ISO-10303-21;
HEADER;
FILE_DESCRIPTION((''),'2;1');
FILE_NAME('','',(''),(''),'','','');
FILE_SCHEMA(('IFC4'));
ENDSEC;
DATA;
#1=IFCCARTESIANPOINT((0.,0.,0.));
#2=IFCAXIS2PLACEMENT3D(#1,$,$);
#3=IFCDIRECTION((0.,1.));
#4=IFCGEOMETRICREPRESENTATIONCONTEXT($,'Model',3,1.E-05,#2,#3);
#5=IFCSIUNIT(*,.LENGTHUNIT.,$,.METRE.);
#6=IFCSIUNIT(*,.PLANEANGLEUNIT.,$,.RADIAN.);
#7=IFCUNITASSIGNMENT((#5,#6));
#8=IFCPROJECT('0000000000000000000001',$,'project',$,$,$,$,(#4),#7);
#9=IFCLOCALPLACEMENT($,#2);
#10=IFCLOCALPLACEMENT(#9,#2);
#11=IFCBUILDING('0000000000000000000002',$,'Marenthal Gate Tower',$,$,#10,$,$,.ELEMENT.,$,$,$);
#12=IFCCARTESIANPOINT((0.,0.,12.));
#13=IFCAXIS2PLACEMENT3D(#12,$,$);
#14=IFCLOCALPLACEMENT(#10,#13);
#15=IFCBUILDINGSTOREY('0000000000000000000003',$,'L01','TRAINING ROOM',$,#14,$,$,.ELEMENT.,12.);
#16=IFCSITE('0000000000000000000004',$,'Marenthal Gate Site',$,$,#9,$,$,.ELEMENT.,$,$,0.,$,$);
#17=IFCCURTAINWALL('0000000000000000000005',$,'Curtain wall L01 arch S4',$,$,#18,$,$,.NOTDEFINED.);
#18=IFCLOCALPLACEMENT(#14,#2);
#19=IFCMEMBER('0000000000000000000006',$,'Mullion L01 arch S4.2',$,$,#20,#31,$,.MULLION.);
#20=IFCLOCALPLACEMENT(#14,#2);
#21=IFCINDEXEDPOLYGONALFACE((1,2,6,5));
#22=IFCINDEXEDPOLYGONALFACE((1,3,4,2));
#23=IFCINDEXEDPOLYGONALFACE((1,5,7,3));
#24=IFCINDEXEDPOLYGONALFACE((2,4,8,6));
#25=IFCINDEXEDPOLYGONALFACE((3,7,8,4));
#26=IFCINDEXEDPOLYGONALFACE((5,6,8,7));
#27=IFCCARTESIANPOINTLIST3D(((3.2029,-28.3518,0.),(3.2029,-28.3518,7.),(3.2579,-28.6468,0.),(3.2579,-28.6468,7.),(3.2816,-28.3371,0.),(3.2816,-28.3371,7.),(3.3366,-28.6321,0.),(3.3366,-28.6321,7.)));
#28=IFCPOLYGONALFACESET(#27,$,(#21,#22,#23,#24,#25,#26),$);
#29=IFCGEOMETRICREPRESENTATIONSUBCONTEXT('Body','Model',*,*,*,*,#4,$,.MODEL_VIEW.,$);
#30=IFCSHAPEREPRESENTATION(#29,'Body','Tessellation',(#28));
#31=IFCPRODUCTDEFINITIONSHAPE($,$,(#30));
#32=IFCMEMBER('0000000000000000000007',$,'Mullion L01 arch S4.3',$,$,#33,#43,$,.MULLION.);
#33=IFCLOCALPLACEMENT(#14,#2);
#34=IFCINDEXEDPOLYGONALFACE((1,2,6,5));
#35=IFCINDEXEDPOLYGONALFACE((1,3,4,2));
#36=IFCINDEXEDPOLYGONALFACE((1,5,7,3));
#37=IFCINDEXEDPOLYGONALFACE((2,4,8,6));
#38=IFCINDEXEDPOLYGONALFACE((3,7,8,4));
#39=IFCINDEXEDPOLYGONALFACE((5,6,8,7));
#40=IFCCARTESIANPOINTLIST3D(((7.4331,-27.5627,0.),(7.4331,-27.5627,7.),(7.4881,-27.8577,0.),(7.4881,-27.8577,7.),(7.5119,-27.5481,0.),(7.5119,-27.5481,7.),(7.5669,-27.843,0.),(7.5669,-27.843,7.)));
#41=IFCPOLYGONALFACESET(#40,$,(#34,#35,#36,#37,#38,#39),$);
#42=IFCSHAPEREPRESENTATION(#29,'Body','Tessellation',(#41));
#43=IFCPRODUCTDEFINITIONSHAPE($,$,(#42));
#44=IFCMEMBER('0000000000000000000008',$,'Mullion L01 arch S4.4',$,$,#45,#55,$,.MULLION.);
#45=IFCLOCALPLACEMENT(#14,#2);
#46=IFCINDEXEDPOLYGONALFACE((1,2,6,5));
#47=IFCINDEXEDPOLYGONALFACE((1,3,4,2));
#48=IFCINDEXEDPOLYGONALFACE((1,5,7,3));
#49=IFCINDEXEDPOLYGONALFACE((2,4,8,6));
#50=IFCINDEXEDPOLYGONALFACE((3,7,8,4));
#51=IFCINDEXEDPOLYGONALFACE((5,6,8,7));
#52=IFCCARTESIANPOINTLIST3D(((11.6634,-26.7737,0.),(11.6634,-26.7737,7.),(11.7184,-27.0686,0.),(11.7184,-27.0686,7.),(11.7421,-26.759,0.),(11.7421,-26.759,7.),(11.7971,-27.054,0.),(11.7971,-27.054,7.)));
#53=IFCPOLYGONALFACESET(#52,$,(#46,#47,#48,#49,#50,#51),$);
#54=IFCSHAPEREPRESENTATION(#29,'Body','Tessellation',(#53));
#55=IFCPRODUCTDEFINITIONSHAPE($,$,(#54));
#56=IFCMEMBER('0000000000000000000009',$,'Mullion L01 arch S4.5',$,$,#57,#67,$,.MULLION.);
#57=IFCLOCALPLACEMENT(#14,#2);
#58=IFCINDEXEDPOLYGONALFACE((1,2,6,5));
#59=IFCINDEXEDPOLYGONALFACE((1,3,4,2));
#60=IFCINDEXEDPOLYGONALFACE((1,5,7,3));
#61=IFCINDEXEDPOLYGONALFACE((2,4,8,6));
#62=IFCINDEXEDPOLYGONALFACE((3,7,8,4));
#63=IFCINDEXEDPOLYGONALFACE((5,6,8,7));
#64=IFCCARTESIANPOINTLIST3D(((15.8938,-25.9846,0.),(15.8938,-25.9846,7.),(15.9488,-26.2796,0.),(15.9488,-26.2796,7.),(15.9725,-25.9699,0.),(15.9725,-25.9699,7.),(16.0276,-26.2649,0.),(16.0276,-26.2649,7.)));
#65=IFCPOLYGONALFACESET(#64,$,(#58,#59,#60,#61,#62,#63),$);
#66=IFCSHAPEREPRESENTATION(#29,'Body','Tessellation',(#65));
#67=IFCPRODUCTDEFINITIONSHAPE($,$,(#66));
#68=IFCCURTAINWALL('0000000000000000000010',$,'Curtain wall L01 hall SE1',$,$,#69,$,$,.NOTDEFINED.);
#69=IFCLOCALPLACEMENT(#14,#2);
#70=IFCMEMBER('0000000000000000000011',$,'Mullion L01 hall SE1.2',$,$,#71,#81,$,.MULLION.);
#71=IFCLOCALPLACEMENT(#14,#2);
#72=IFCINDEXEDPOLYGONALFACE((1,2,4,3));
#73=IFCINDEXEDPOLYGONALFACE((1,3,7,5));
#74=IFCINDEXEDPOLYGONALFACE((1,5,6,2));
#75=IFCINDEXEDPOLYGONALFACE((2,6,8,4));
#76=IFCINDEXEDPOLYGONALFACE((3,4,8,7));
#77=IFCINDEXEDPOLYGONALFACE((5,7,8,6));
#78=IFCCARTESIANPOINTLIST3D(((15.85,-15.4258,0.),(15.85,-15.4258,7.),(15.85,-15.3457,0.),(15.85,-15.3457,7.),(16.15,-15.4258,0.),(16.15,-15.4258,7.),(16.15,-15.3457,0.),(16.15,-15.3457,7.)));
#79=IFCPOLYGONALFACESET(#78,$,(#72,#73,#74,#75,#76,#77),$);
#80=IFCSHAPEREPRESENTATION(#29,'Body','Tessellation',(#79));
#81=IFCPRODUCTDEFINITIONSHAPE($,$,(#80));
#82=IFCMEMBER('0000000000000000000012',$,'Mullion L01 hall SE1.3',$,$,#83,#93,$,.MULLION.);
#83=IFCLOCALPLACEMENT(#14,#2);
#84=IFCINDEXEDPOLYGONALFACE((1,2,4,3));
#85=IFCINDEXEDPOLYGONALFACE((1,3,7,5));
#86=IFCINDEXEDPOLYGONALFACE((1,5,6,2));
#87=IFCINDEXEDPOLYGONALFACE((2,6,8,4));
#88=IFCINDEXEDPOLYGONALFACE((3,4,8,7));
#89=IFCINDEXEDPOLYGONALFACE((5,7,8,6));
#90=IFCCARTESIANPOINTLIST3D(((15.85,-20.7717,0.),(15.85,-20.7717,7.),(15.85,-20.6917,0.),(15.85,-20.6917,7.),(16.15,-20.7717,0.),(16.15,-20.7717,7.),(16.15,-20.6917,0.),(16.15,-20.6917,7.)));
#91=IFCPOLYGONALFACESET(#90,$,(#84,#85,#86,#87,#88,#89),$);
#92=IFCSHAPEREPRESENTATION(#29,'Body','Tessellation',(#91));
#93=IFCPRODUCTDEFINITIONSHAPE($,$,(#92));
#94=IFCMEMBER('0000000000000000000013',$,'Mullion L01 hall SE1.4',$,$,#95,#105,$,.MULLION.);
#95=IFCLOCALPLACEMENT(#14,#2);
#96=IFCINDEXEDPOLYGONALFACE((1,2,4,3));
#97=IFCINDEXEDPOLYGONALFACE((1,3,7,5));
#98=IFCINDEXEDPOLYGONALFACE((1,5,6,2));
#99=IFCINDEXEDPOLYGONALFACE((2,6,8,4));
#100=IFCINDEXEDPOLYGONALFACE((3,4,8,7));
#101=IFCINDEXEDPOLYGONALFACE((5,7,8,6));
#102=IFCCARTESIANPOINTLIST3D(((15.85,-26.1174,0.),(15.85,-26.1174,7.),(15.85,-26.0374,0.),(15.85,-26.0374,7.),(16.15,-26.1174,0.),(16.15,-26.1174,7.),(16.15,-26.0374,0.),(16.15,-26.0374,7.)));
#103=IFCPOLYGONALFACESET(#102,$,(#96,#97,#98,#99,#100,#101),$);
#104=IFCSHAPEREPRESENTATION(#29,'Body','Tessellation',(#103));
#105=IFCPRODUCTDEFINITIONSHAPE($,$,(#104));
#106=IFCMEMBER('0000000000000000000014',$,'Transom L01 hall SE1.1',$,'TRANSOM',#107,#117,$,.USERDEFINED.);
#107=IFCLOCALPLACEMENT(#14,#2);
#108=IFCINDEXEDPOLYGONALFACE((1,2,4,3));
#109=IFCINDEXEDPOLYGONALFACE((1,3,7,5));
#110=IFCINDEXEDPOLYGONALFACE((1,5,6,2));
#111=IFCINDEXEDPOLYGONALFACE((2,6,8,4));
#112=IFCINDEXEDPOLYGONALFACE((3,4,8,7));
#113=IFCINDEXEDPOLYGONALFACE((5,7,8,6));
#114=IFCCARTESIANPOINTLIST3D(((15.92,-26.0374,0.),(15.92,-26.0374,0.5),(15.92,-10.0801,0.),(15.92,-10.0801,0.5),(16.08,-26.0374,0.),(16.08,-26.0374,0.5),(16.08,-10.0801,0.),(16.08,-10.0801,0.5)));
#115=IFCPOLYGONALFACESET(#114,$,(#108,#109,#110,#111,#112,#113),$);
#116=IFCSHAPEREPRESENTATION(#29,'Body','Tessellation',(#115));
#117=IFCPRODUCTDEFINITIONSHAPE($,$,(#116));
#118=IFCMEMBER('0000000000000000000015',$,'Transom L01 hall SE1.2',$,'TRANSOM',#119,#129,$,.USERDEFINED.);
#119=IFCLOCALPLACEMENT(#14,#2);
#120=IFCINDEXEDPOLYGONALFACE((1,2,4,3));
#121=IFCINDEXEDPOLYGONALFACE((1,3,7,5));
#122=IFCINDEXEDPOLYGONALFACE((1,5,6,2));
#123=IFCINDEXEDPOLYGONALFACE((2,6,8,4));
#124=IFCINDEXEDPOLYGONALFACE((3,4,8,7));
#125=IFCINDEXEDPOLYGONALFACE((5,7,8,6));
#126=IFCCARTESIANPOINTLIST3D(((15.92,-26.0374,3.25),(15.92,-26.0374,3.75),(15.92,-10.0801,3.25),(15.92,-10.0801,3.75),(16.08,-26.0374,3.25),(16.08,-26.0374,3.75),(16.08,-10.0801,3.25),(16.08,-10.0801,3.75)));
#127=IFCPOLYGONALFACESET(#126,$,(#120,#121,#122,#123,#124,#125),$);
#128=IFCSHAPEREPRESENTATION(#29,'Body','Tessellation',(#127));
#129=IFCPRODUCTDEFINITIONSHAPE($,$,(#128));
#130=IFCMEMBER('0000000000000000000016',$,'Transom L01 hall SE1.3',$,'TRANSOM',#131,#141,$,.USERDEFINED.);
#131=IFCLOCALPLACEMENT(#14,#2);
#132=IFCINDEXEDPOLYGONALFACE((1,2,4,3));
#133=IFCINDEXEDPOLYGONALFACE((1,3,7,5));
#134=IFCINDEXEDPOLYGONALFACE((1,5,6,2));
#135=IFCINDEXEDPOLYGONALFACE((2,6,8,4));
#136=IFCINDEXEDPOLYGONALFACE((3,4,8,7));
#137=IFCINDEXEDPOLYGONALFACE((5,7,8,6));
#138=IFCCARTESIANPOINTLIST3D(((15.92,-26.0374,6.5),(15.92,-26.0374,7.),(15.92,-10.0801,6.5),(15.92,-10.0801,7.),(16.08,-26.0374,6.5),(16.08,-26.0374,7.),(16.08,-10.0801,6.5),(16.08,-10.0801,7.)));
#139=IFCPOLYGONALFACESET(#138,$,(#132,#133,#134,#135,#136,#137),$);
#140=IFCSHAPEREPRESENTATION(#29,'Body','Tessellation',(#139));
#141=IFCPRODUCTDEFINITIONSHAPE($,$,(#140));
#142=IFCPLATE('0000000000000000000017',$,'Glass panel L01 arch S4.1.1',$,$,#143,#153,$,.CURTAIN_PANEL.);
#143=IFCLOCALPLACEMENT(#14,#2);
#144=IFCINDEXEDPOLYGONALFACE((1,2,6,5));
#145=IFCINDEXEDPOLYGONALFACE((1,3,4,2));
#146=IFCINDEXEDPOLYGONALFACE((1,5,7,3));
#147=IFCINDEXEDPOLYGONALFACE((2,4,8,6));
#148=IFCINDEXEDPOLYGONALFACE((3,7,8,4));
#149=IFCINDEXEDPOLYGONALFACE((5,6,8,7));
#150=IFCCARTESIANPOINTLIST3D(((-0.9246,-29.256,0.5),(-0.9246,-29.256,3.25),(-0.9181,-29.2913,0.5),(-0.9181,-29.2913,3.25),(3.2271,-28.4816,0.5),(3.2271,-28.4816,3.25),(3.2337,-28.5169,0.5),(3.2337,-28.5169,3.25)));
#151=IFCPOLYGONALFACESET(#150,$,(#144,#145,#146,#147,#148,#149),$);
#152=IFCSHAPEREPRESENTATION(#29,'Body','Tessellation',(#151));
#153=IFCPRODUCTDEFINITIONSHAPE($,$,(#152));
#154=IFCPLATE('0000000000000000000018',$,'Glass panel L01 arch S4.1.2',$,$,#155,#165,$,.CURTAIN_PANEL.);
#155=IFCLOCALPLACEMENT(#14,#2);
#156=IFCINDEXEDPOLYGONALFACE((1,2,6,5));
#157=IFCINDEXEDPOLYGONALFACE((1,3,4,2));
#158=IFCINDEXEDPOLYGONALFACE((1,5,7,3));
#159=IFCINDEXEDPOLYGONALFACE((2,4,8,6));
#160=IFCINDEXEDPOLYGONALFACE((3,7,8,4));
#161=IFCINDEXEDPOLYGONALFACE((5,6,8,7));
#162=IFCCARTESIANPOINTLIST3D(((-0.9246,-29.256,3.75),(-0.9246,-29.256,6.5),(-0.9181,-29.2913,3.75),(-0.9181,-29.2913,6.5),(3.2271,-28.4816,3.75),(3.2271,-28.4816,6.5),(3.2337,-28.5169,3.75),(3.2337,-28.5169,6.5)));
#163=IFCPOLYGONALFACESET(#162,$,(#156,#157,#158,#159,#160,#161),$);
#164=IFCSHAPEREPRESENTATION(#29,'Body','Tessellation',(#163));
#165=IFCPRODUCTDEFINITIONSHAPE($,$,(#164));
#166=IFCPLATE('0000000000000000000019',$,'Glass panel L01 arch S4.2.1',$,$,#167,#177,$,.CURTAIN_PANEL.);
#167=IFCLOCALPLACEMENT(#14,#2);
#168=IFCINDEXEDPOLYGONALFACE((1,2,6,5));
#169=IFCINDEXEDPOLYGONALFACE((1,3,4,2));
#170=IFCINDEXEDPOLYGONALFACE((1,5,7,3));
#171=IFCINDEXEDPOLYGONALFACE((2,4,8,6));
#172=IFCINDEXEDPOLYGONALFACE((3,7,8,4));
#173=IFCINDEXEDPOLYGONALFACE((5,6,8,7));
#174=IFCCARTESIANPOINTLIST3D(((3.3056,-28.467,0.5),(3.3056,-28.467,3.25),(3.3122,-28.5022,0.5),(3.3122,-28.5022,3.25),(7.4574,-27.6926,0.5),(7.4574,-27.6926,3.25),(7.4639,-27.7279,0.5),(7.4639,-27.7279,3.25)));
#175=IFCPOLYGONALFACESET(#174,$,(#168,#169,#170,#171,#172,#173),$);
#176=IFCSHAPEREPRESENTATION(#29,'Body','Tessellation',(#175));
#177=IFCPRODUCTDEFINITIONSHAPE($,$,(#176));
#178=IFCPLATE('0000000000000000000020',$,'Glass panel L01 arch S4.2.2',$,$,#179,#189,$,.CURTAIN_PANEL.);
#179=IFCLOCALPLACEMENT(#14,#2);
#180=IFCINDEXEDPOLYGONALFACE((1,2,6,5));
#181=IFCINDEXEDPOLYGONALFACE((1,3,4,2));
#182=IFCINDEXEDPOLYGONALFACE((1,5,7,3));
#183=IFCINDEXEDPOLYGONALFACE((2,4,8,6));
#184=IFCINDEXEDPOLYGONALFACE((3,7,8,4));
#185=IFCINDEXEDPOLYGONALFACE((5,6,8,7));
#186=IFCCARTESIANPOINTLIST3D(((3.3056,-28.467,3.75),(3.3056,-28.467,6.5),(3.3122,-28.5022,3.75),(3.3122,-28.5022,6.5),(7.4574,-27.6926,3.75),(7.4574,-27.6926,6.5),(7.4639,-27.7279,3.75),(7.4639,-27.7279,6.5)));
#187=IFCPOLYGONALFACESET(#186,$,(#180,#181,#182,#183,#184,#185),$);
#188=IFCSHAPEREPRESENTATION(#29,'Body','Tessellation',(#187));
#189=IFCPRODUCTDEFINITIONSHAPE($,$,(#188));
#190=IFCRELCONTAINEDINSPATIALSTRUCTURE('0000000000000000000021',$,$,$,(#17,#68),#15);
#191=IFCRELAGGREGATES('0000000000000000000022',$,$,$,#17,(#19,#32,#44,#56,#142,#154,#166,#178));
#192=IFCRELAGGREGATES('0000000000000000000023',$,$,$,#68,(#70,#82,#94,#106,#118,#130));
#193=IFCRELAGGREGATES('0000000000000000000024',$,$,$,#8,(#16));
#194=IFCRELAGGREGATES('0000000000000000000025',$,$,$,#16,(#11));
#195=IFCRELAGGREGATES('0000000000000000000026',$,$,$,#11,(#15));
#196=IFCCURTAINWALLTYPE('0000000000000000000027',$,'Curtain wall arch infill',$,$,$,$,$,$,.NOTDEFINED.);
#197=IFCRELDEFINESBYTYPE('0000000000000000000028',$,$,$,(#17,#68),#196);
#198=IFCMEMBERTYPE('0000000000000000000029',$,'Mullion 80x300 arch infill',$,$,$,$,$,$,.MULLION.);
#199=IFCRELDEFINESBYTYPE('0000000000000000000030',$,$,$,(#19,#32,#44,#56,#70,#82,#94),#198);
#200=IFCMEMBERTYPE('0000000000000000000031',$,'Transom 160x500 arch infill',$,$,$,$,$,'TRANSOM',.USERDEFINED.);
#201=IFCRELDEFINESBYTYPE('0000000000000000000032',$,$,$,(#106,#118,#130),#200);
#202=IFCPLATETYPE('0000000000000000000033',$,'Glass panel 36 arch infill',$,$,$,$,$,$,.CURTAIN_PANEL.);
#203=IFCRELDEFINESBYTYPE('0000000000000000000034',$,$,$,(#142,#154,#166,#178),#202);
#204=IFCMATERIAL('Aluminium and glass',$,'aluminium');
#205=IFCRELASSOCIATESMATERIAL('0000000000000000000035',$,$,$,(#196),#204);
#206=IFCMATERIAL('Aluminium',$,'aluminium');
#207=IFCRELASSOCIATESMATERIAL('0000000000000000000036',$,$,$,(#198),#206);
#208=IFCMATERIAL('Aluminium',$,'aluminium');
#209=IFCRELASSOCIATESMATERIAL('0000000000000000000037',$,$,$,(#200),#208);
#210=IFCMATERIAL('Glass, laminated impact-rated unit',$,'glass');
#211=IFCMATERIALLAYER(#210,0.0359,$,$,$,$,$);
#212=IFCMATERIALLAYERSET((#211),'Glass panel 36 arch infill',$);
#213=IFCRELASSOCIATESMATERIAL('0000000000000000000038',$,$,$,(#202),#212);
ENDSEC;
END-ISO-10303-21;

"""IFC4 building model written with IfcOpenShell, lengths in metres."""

from ifc_helpers import new_model, si_unit, direction, frame, origin, origin_2d, place, context, subcontext, project, spatial, rectangle, extrude, material, layer, layer_set, material_profile, profile_set, type_object, element, aggregate, save


model = new_model("IFC4")

# Units and contexts
model_context = context("Model", 3, precision=1e-05, world=origin(), true_north=direction((0.0, 1.0)))
body_context = subcontext(model_context, "Body", "Model", "MODEL_VIEW")
ifc_project = project(units=[si_unit("LENGTHUNIT", "METRE"), si_unit("PLANEANGLEUNIT", "RADIAN")], contexts=[model_context])

# Site, building, storey
site_placement = place(None, origin())
site = spatial("IfcSite", under=ifc_project, at=site_placement, Name="Marenthal Gate Site", CompositionType="ELEMENT", RefElevation=0.0)
building_placement = place(site_placement, origin())
building = spatial("IfcBuilding", under=site, at=building_placement, Name="Marenthal Gate Tower", CompositionType="ELEMENT")
storey_placement = place(building_placement, frame((0.0, 0.0, 12.0)))
storey = spatial("IfcBuildingStorey", under=building, at=storey_placement, Name="L01", Description="TRAINING ROOM", CompositionType="ELEMENT", Elevation=12.0)

# Curtain walls, members
ifc_material_1 = material(Name="Aluminium and glass", Category="aluminium")
curtain_wall_type = type_object("IfcCurtainWallType", Name="Curtain wall arch infill", PredefinedType="NOTDEFINED", material=ifc_material_1)
curtain_wall_1_placement = place(storey_placement, origin())
curtain_wall_1 = element("IfcCurtainWall", 1, at=curtain_wall_1_placement, inside=storey, type_object=curtain_wall_type, Name="Curtain wall L01 arch S4", PredefinedType="NOTDEFINED")
ifc_material_2 = material(Name="Aluminium", Category="aluminium")
ifc_material_profile_1 = material_profile(ifc_material_2, rectangle(XDim=0.3, YDim=0.0801, at=origin_2d()), Name="80x300 aluminium mullion")
ifc_profile_set_1 = profile_set([ifc_material_profile_1], Name="Aluminium")
member_type_1 = type_object("IfcMemberType", Name="Mullion 80x300 arch infill", PredefinedType="MULLION", material=ifc_profile_set_1)
member_1_placement = place(storey_placement, frame((3.2698, -28.4919, 0.0), z_axis=(0.0, 0.0, 1.0), x_axis=(-0.183357, 0.983046, 0.0)))
member_1 = element("IfcMember", 2, at=member_1_placement, type_object=member_type_1, Name="Mullion L01 arch S4.2", PredefinedType="MULLION", context=body_context, shape_type="SweptSolid", body=[
    extrude(rectangle(XDim=0.3, YDim=0.0801, at=origin_2d()), origin(), (0.0, 0.0, 1.0), 7.0),
])
member_2_placement = place(storey_placement, frame((7.5, -27.7029, 0.0), z_axis=(0.0, 0.0, 1.0), x_axis=(-0.183357, 0.983046, 0.0)))
member_2 = element("IfcMember", 3, at=member_2_placement, type_object=member_type_1, Name="Mullion L01 arch S4.3", PredefinedType="MULLION", context=body_context, shape_type="SweptSolid", body=[
    extrude(rectangle(XDim=0.3, YDim=0.0801, at=origin_2d()), origin(), (0.0, 0.0, 1.0), 7.0),
])
member_3_placement = place(storey_placement, frame((11.7302, -26.9138, 0.0), z_axis=(0.0, 0.0, 1.0), x_axis=(-0.183357, 0.983046, 0.0)))
member_3 = element("IfcMember", 4, at=member_3_placement, type_object=member_type_1, Name="Mullion L01 arch S4.4", PredefinedType="MULLION", context=body_context, shape_type="SweptSolid", body=[
    extrude(rectangle(XDim=0.3, YDim=0.0801, at=origin_2d()), origin(), (0.0, 0.0, 1.0), 7.0),
])
member_4_placement = place(storey_placement, frame((15.9607, -26.1248, 0.0), z_axis=(0.0, 0.0, 1.0), x_axis=(-0.183357, 0.983046, 0.0)))
member_4 = element("IfcMember", 5, at=member_4_placement, type_object=member_type_1, Name="Mullion L01 arch S4.5", PredefinedType="MULLION", context=body_context, shape_type="SweptSolid", body=[
    extrude(rectangle(XDim=0.3, YDim=0.0801, at=origin_2d()), origin(), (0.0, 0.0, 1.0), 7.0),
])
curtain_wall_2_placement = place(storey_placement, origin())
curtain_wall_2 = element("IfcCurtainWall", 6, at=curtain_wall_2_placement, inside=storey, type_object=curtain_wall_type, Name="Curtain wall L01 hall SE1", PredefinedType="NOTDEFINED")
member_5_placement = place(storey_placement, frame((16.0, -15.3857, 0.0), z_axis=(0.0, 0.0, 1.0), x_axis=(1.0, 0.0, 0.0)))
member_5 = element("IfcMember", 7, at=member_5_placement, type_object=member_type_1, Name="Mullion L01 hall SE1.2", PredefinedType="MULLION", context=body_context, shape_type="SweptSolid", body=[
    extrude(rectangle(XDim=0.3, YDim=0.0801, at=origin_2d()), origin(), (0.0, 0.0, 1.0), 7.0),
])
member_6_placement = place(storey_placement, frame((16.0, -20.7317, 0.0), z_axis=(0.0, 0.0, 1.0), x_axis=(1.0, 0.0, 0.0)))
member_6 = element("IfcMember", 8, at=member_6_placement, type_object=member_type_1, Name="Mullion L01 hall SE1.3", PredefinedType="MULLION", context=body_context, shape_type="SweptSolid", body=[
    extrude(rectangle(XDim=0.3, YDim=0.0801, at=origin_2d()), origin(), (0.0, 0.0, 1.0), 7.0),
])
member_7_placement = place(storey_placement, frame((16.0, -26.0774, 0.0), z_axis=(0.0, 0.0, 1.0), x_axis=(1.0, 0.0, 0.0)))
member_7 = element("IfcMember", 9, at=member_7_placement, type_object=member_type_1, Name="Mullion L01 hall SE1.4", PredefinedType="MULLION", context=body_context, shape_type="SweptSolid", body=[
    extrude(rectangle(XDim=0.3, YDim=0.0801, at=origin_2d()), origin(), (0.0, 0.0, 1.0), 7.0),
])
ifc_material_3 = material(Name="Aluminium", Category="aluminium")
ifc_material_profile_2 = material_profile(ifc_material_3, rectangle(XDim=0.1599, YDim=0.5, at=origin_2d()), Name="160x500 aluminium transom")
ifc_profile_set_2 = profile_set([ifc_material_profile_2], Name="Aluminium")
member_type_2 = type_object("IfcMemberType", Name="Transom 160x500 arch infill", ElementType="TRANSOM", PredefinedType="USERDEFINED", material=ifc_profile_set_2)
member_8_placement = place(storey_placement, frame((16.0, -10.0801, 0.25), z_axis=(0.0, -1.0, 0.0), x_axis=(1.0, 0.0, 0.0)))
member_8 = element("IfcMember", 10, at=member_8_placement, type_object=member_type_2, Name="Transom L01 hall SE1.1", ObjectType="TRANSOM", PredefinedType="USERDEFINED", context=body_context, shape_type="SweptSolid", body=[
    extrude(rectangle(XDim=0.1599, YDim=0.5, at=origin_2d()), origin(), (0.0, 0.0, 1.0), 15.9573),
])
member_9_placement = place(storey_placement, frame((16.0, -10.0801, 3.5), z_axis=(0.0, -1.0, 0.0), x_axis=(1.0, 0.0, 0.0)))
member_9 = element("IfcMember", 11, at=member_9_placement, type_object=member_type_2, Name="Transom L01 hall SE1.2", ObjectType="TRANSOM", PredefinedType="USERDEFINED", context=body_context, shape_type="SweptSolid", body=[
    extrude(rectangle(XDim=0.1599, YDim=0.5, at=origin_2d()), origin(), (0.0, 0.0, 1.0), 15.9573),
])
member_10_placement = place(storey_placement, frame((16.0, -10.0801, 6.75), z_axis=(0.0, -1.0, 0.0), x_axis=(1.0, 0.0, 0.0)))
member_10 = element("IfcMember", 12, at=member_10_placement, type_object=member_type_2, Name="Transom L01 hall SE1.3", ObjectType="TRANSOM", PredefinedType="USERDEFINED", context=body_context, shape_type="SweptSolid", body=[
    extrude(rectangle(XDim=0.1599, YDim=0.5, at=origin_2d()), origin(), (0.0, 0.0, 1.0), 15.9573),
])

# Plates
ifc_material_4 = material(Name="Glass, laminated impact-rated unit", Category="glass")
ifc_layer_1 = layer(ifc_material_4, 0.0359)
ifc_layer_set_1 = layer_set([ifc_layer_1], Name="Glass panel 36 arch infill")
plate_type = type_object("IfcPlateType", Name="Glass panel 36 arch infill", PredefinedType="CURTAIN_PANEL", material=ifc_layer_set_1)
plate_1_placement = place(storey_placement, frame((1.1545, -28.8865, 0.5), z_axis=(0.0, 0.0, 1.0), x_axis=(0.983046, 0.183357, 0.0)))
plate_1 = element("IfcPlate", 13, at=plate_1_placement, type_object=plate_type, Name="Glass panel L01 arch S4.1.1", PredefinedType="CURTAIN_PANEL", context=body_context, shape_type="SweptSolid", body=[
    extrude(rectangle(XDim=4.2234, YDim=0.0359, at=origin_2d()), origin(), (0.0, 0.0, 1.0), 2.75),
])
plate_2_placement = place(storey_placement, frame((1.1545, -28.8865, 3.75), z_axis=(0.0, 0.0, 1.0), x_axis=(0.983046, 0.183357, 0.0)))
plate_2 = element("IfcPlate", 14, at=plate_2_placement, type_object=plate_type, Name="Glass panel L01 arch S4.1.2", PredefinedType="CURTAIN_PANEL", context=body_context, shape_type="SweptSolid", body=[
    extrude(rectangle(XDim=4.2234, YDim=0.0359, at=origin_2d()), origin(), (0.0, 0.0, 1.0), 2.75),
])
plate_3_placement = place(storey_placement, frame((5.3848, -28.0974, 0.5), z_axis=(0.0, 0.0, 1.0), x_axis=(0.983046, 0.183357, 0.0)))
plate_3 = element("IfcPlate", 15, at=plate_3_placement, type_object=plate_type, Name="Glass panel L01 arch S4.2.1", PredefinedType="CURTAIN_PANEL", context=body_context, shape_type="SweptSolid", body=[
    extrude(rectangle(XDim=4.2234, YDim=0.0359, at=origin_2d()), origin(), (0.0, 0.0, 1.0), 2.75),
])
plate_4_placement = place(storey_placement, frame((5.3848, -28.0974, 3.75), z_axis=(0.0, 0.0, 1.0), x_axis=(0.983046, 0.183357, 0.0)))
plate_4 = element("IfcPlate", 16, at=plate_4_placement, type_object=plate_type, Name="Glass panel L01 arch S4.2.2", PredefinedType="CURTAIN_PANEL", context=body_context, shape_type="SweptSolid", body=[
    extrude(rectangle(XDim=4.2234, YDim=0.0359, at=origin_2d()), origin(), (0.0, 0.0, 1.0), 2.75),
])
aggregate(curtain_wall_1, [member_1, member_2, member_3, member_4, plate_1, plate_2, plate_3, plate_4])
aggregate(curtain_wall_2, [member_5, member_6, member_7, member_8, member_9, member_10])

save(model, "model.ifc")
